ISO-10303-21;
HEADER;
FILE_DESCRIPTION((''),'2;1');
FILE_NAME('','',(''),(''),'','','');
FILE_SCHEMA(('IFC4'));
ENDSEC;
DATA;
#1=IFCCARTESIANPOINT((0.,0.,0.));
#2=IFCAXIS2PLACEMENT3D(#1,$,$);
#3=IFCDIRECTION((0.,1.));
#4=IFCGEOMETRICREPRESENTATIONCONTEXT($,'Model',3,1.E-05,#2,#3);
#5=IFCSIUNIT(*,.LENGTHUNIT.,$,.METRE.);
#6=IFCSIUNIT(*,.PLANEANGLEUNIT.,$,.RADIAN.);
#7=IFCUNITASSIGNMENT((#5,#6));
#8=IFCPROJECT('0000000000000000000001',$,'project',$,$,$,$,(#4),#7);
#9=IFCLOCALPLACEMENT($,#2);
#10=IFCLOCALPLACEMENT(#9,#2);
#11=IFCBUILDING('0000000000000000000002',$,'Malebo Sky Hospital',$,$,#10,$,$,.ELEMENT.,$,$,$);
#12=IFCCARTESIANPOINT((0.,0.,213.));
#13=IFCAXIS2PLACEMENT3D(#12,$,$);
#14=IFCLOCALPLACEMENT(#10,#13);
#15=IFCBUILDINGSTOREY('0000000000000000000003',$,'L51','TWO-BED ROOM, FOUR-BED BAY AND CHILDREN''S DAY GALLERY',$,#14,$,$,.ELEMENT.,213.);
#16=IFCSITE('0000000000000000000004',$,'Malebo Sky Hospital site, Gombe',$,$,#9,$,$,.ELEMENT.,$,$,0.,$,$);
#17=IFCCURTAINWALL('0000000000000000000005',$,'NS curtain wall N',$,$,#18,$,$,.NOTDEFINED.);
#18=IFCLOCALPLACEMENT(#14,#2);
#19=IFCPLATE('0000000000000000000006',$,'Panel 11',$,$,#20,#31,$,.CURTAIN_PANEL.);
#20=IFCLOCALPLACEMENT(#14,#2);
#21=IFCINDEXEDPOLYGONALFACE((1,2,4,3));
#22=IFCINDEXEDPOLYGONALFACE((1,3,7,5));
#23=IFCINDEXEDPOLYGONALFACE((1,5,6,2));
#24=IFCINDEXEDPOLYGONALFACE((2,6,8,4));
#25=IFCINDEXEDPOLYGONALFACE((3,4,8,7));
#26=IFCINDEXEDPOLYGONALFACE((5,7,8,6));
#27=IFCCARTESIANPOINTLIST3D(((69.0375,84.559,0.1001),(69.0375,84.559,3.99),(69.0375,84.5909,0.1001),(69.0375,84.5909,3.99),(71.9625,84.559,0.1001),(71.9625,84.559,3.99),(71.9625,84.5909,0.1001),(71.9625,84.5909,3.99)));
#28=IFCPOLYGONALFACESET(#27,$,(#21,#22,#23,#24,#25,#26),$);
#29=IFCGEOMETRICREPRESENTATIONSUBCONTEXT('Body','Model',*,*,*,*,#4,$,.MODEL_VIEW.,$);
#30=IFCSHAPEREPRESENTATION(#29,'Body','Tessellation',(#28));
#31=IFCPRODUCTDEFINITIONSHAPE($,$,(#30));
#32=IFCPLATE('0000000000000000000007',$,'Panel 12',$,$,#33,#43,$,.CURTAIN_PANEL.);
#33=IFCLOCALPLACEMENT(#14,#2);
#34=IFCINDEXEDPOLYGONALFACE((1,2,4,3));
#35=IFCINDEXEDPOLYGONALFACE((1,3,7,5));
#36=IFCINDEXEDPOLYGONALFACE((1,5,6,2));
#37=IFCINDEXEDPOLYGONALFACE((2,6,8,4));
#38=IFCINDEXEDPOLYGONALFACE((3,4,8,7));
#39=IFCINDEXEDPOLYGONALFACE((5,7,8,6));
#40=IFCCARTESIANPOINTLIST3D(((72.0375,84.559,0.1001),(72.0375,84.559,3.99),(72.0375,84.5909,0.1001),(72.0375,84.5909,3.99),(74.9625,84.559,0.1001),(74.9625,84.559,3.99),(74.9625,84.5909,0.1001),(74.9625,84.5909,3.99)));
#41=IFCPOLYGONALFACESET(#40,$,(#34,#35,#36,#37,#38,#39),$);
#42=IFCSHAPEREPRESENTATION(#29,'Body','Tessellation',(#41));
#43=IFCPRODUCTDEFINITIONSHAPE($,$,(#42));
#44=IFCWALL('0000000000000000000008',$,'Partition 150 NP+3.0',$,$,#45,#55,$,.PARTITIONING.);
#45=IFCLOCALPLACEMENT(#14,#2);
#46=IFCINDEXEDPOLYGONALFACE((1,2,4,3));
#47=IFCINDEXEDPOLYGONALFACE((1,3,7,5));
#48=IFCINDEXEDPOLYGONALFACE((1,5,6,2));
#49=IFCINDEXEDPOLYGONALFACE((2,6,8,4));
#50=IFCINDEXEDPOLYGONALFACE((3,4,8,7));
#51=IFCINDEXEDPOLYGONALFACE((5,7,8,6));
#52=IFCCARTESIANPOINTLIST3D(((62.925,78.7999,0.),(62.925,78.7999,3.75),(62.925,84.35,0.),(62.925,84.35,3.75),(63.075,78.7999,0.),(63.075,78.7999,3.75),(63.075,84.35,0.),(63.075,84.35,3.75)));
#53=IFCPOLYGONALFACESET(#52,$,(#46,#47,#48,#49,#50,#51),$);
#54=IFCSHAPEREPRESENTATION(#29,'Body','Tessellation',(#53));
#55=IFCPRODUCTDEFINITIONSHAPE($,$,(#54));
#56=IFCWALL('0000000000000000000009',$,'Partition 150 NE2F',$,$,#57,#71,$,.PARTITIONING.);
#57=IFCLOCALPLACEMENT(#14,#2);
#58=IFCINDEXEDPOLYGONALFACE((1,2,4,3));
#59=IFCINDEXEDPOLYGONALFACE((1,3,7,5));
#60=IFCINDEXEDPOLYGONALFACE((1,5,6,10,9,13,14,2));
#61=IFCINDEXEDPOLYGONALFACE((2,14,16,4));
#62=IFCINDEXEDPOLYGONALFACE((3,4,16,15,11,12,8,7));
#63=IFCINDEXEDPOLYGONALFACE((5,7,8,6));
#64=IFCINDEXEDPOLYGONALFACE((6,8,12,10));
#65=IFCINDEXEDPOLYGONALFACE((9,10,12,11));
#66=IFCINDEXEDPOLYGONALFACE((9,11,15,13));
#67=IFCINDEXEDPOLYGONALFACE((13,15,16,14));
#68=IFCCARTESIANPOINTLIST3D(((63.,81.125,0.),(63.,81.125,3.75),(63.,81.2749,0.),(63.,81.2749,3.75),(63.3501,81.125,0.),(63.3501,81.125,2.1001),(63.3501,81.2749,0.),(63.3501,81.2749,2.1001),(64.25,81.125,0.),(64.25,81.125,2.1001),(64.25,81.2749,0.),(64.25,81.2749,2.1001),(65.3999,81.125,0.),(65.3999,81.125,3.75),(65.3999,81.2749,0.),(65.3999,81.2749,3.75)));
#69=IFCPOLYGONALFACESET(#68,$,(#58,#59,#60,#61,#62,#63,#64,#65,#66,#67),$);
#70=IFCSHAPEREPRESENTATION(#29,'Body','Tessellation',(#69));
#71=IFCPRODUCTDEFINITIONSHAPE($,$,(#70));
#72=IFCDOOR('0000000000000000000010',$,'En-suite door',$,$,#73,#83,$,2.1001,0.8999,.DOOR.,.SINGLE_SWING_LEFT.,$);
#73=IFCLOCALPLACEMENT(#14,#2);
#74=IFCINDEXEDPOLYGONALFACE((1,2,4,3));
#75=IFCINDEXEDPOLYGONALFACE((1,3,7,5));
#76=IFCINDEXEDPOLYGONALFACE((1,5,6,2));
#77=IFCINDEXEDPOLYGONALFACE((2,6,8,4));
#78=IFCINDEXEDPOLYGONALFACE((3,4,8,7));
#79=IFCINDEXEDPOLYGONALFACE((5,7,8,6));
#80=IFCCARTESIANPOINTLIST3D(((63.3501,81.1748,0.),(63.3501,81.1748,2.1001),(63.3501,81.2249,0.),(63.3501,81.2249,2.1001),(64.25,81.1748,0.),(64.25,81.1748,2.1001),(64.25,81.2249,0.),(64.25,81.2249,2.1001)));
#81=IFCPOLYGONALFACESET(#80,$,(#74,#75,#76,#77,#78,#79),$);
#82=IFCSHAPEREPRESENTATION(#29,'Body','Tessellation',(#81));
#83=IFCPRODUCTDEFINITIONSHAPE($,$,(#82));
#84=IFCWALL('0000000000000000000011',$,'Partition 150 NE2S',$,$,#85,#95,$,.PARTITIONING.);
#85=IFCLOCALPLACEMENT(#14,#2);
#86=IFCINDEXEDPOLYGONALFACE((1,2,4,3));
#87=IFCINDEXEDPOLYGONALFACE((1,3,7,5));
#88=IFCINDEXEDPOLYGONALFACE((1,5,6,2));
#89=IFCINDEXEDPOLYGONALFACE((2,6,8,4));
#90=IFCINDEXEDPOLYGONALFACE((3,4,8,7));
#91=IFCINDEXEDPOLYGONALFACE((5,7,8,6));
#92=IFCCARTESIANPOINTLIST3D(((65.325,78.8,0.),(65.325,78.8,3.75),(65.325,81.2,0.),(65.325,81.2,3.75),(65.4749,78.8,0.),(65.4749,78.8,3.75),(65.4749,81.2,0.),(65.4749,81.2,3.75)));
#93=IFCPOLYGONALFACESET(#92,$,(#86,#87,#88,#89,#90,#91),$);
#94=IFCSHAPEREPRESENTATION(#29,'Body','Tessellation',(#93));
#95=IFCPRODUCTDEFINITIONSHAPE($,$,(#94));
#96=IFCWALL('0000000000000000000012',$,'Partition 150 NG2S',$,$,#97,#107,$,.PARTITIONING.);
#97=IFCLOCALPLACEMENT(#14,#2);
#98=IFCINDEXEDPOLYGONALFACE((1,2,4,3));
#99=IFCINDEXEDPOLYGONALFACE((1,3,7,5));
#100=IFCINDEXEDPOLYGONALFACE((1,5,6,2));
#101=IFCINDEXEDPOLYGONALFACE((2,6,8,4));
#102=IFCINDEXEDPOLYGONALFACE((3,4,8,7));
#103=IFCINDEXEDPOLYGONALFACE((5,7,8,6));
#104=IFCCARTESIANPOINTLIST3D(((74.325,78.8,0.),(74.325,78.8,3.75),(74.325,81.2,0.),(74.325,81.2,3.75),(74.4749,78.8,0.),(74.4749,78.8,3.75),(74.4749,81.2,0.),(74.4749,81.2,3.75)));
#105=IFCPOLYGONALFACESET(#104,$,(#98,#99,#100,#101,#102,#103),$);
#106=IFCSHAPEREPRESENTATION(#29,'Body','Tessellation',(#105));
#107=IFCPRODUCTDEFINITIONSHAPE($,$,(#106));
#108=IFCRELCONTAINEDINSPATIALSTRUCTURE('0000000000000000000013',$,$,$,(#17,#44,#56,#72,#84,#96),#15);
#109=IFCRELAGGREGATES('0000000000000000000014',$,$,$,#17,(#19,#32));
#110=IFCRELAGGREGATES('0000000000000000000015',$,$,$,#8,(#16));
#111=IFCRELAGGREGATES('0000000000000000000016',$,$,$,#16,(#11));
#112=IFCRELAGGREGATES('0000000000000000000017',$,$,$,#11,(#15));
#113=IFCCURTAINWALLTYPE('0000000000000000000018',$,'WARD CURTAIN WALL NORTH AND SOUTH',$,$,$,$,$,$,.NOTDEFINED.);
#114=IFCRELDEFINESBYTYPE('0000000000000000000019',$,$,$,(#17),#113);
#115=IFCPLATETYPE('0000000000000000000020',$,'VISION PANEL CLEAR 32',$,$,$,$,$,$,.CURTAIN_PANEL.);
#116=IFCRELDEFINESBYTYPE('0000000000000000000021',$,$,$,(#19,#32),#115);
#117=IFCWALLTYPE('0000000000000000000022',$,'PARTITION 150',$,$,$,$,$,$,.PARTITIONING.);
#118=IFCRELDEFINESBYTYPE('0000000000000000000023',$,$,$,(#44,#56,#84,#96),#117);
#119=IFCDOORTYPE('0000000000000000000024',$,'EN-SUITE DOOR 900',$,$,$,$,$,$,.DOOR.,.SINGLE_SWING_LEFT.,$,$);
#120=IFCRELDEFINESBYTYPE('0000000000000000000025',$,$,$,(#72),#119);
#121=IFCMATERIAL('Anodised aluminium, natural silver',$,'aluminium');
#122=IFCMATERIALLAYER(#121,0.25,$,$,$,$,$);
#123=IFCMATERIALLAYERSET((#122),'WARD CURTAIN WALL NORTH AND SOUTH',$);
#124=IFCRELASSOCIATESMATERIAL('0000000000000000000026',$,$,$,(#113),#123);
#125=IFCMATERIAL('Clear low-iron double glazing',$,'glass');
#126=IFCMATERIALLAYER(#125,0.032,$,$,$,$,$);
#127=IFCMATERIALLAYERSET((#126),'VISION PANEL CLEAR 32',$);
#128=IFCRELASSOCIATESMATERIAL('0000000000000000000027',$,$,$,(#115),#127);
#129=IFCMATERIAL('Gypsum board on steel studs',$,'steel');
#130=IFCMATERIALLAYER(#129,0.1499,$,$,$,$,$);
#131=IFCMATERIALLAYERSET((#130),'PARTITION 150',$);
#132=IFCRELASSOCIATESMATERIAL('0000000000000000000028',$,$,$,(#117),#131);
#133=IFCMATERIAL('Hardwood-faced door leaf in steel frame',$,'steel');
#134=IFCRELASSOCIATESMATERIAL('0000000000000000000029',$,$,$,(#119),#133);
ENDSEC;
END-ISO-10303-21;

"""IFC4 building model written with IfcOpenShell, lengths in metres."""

from ifc_helpers import new_model, si_unit, direction, frame, frame_2d, origin, origin_2d, place, context, subcontext, project, spatial, rectangle, extrude, material, layer, layer_set, type_object, element, fill, aggregate, save


model = new_model("IFC4")

# Units and contexts
model_context = context("Model", 3, precision=1e-05, world=origin(), true_north=direction((0.0, 1.0)))
body_context = subcontext(model_context, "Body", "Model", "MODEL_VIEW")
ifc_project = project(units=[si_unit("LENGTHUNIT", "METRE"), si_unit("PLANEANGLEUNIT", "RADIAN")], contexts=[model_context])

# Site, building, storey
site_placement = place(None, origin())
site = spatial("IfcSite", under=ifc_project, at=site_placement, Name="Malebo Sky Hospital site, Gombe", CompositionType="ELEMENT", RefElevation=0.0)
building_placement = place(site_placement, origin())
building = spatial("IfcBuilding", under=site, at=building_placement, Name="Malebo Sky Hospital", CompositionType="ELEMENT")
storey_placement = place(building_placement, frame((0.0, 0.0, 213.0)))
storey = spatial("IfcBuildingStorey", under=building, at=storey_placement, Name="L51", Description="TWO-BED ROOM, FOUR-BED BAY AND CHILDREN'S DAY GALLERY", CompositionType="ELEMENT", Elevation=213.0)

# Curtain wall
ifc_material_1 = material(Name="Anodised aluminium, natural silver", Category="aluminium")
ifc_layer_1 = layer(ifc_material_1, 0.25)
ifc_layer_set_1 = layer_set([ifc_layer_1], Name="WARD CURTAIN WALL NORTH AND SOUTH")
curtain_wall_type = type_object("IfcCurtainWallType", Name="WARD CURTAIN WALL NORTH AND SOUTH", PredefinedType="NOTDEFINED", material=ifc_layer_set_1)
curtain_wall_placement = place(storey_placement, origin())
curtain_wall = element("IfcCurtainWall", 1, at=curtain_wall_placement, inside=storey, type_object=curtain_wall_type, Name="NS curtain wall N", PredefinedType="NOTDEFINED")

# Plates
ifc_material_2 = material(Name="Clear low-iron double glazing", Category="glass")
ifc_layer_2 = layer(ifc_material_2, 0.032)
ifc_layer_set_2 = layer_set([ifc_layer_2], Name="VISION PANEL CLEAR 32")
plate_type = type_object("IfcPlateType", Name="VISION PANEL CLEAR 32", PredefinedType="CURTAIN_PANEL", material=ifc_layer_set_2)
plate_1_placement = place(storey_placement, frame((70.5, 84.575, 0.1001), z_axis=(0.0, 0.0, 1.0), x_axis=(1.0, 0.0, 0.0)))
plate_1 = element("IfcPlate", 2, at=plate_1_placement, type_object=plate_type, Name="Panel 11", PredefinedType="CURTAIN_PANEL", context=body_context, shape_type="SweptSolid", body=[
    extrude(rectangle(XDim=2.925, YDim=0.032, at=origin_2d()), origin(), (0.0, 0.0, 1.0), 3.8899),
])
plate_2_placement = place(storey_placement, frame((73.5, 84.575, 0.1001), z_axis=(0.0, 0.0, 1.0), x_axis=(1.0, 0.0, 0.0)))
plate_2 = element("IfcPlate", 3, at=plate_2_placement, type_object=plate_type, Name="Panel 12", PredefinedType="CURTAIN_PANEL", context=body_context, shape_type="SweptSolid", body=[
    extrude(rectangle(XDim=2.925, YDim=0.032, at=origin_2d()), origin(), (0.0, 0.0, 1.0), 3.8899),
])
aggregate(curtain_wall, [plate_1, plate_2])

# Wall
ifc_material_3 = material(Name="Gypsum board on steel studs", Category="steel")
ifc_layer_3 = layer(ifc_material_3, 0.1499)
ifc_layer_set_3 = layer_set([ifc_layer_3], Name="PARTITION 150")
wall_type = type_object("IfcWallType", Name="PARTITION 150", PredefinedType="PARTITIONING", material=ifc_layer_set_3)
wall_1_placement = place(storey_placement, frame((63.0, 78.8, 0.0), z_axis=(0.0, 0.0, 1.0), x_axis=(0.0, 1.0, 0.0)))
element("IfcWall", 4, at=wall_1_placement, inside=storey, type_object=wall_type, Name="Partition 150 NP+3.0", PredefinedType="PARTITIONING", context=body_context, shape_type="SweptSolid", body=[
    extrude(rectangle(XDim=5.55, YDim=0.1499, at=frame_2d((2.7749, 0.0))), origin(), (0.0, 0.0, 1.0), 3.75),
])

# Wall, opening, door
wall_2_placement = place(storey_placement, frame((63.0, 81.2, 0.0), z_axis=(0.0, 0.0, 1.0), x_axis=(1.0, 0.0, 0.0)))
wall_2 = element("IfcWall", 5, at=wall_2_placement, inside=storey, type_object=wall_type, Name="Partition 150 NE2F", PredefinedType="PARTITIONING", context=body_context, shape_type="SweptSolid", body=[
    extrude(rectangle(XDim=2.3999, YDim=0.1499, at=frame_2d((1.2, 0.0))), origin(), (0.0, 0.0, 1.0), 3.75),
])
opening_placement = place(wall_2_placement, frame((0.3501, 0.0, 0.0)))
opening = element("IfcOpeningElement", 6, at=opening_placement, cuts=wall_2, PredefinedType="OPENING", context=body_context, shape_type="SweptSolid", body=[
    extrude(rectangle(XDim=0.8999, YDim=2.1001, at=frame_2d((0.45, 1.05))), frame((0.0, 0.085, 0.0), z_axis=(0.0, -1.0, 0.0), x_axis=(1.0, 0.0, 0.0)), (0.0, 0.0, 1.0), 0.1699),
])
ifc_material_4 = material(Name="Hardwood-faced door leaf in steel frame", Category="steel")
door_type = type_object("IfcDoorType", Name="EN-SUITE DOOR 900", OperationType="SINGLE_SWING_LEFT", PredefinedType="DOOR", material=ifc_material_4)
door_placement = place(opening_placement, origin())
door = element("IfcDoor", 7, at=door_placement, inside=storey, type_object=door_type, Name="En-suite door", OperationType="SINGLE_SWING_LEFT", OverallHeight=2.1001, OverallWidth=0.8999, PredefinedType="DOOR", context=body_context, shape_type="SweptSolid", body=[
    extrude(rectangle(XDim=0.8999, YDim=2.1001, at=frame_2d((0.45, 1.05))), frame((0.0, 0.0249, 0.0), z_axis=(0.0, -1.0, 0.0), x_axis=(1.0, 0.0, 0.0)), (0.0, 0.0, 1.0), 0.05),
])
fill(opening, door)

# Walls
for number, where, z_axis, x_axis, name in (
    (8, (65.3999, 78.8, 0.0), (0.0, 0.0, 1.0), (0.0, 1.0, 0.0), "Partition 150 NE2S"),
    (9, (74.3999, 78.8, 0.0), (0.0, 0.0, 1.0), (0.0, 1.0, 0.0), "Partition 150 NG2S"),
):
    element("IfcWall", number, at=place(storey_placement, frame(where, z_axis=z_axis, x_axis=x_axis)), inside=storey, type_object=wall_type, Name=name, PredefinedType="PARTITIONING", context=body_context, shape_type="SweptSolid", body=[
        extrude(rectangle(XDim=2.3999, YDim=0.1499, at=frame_2d((1.2, 0.0))), origin(), (0.0, 0.0, 1.0), 3.75),
    ])

save(model, "model.ifc")
